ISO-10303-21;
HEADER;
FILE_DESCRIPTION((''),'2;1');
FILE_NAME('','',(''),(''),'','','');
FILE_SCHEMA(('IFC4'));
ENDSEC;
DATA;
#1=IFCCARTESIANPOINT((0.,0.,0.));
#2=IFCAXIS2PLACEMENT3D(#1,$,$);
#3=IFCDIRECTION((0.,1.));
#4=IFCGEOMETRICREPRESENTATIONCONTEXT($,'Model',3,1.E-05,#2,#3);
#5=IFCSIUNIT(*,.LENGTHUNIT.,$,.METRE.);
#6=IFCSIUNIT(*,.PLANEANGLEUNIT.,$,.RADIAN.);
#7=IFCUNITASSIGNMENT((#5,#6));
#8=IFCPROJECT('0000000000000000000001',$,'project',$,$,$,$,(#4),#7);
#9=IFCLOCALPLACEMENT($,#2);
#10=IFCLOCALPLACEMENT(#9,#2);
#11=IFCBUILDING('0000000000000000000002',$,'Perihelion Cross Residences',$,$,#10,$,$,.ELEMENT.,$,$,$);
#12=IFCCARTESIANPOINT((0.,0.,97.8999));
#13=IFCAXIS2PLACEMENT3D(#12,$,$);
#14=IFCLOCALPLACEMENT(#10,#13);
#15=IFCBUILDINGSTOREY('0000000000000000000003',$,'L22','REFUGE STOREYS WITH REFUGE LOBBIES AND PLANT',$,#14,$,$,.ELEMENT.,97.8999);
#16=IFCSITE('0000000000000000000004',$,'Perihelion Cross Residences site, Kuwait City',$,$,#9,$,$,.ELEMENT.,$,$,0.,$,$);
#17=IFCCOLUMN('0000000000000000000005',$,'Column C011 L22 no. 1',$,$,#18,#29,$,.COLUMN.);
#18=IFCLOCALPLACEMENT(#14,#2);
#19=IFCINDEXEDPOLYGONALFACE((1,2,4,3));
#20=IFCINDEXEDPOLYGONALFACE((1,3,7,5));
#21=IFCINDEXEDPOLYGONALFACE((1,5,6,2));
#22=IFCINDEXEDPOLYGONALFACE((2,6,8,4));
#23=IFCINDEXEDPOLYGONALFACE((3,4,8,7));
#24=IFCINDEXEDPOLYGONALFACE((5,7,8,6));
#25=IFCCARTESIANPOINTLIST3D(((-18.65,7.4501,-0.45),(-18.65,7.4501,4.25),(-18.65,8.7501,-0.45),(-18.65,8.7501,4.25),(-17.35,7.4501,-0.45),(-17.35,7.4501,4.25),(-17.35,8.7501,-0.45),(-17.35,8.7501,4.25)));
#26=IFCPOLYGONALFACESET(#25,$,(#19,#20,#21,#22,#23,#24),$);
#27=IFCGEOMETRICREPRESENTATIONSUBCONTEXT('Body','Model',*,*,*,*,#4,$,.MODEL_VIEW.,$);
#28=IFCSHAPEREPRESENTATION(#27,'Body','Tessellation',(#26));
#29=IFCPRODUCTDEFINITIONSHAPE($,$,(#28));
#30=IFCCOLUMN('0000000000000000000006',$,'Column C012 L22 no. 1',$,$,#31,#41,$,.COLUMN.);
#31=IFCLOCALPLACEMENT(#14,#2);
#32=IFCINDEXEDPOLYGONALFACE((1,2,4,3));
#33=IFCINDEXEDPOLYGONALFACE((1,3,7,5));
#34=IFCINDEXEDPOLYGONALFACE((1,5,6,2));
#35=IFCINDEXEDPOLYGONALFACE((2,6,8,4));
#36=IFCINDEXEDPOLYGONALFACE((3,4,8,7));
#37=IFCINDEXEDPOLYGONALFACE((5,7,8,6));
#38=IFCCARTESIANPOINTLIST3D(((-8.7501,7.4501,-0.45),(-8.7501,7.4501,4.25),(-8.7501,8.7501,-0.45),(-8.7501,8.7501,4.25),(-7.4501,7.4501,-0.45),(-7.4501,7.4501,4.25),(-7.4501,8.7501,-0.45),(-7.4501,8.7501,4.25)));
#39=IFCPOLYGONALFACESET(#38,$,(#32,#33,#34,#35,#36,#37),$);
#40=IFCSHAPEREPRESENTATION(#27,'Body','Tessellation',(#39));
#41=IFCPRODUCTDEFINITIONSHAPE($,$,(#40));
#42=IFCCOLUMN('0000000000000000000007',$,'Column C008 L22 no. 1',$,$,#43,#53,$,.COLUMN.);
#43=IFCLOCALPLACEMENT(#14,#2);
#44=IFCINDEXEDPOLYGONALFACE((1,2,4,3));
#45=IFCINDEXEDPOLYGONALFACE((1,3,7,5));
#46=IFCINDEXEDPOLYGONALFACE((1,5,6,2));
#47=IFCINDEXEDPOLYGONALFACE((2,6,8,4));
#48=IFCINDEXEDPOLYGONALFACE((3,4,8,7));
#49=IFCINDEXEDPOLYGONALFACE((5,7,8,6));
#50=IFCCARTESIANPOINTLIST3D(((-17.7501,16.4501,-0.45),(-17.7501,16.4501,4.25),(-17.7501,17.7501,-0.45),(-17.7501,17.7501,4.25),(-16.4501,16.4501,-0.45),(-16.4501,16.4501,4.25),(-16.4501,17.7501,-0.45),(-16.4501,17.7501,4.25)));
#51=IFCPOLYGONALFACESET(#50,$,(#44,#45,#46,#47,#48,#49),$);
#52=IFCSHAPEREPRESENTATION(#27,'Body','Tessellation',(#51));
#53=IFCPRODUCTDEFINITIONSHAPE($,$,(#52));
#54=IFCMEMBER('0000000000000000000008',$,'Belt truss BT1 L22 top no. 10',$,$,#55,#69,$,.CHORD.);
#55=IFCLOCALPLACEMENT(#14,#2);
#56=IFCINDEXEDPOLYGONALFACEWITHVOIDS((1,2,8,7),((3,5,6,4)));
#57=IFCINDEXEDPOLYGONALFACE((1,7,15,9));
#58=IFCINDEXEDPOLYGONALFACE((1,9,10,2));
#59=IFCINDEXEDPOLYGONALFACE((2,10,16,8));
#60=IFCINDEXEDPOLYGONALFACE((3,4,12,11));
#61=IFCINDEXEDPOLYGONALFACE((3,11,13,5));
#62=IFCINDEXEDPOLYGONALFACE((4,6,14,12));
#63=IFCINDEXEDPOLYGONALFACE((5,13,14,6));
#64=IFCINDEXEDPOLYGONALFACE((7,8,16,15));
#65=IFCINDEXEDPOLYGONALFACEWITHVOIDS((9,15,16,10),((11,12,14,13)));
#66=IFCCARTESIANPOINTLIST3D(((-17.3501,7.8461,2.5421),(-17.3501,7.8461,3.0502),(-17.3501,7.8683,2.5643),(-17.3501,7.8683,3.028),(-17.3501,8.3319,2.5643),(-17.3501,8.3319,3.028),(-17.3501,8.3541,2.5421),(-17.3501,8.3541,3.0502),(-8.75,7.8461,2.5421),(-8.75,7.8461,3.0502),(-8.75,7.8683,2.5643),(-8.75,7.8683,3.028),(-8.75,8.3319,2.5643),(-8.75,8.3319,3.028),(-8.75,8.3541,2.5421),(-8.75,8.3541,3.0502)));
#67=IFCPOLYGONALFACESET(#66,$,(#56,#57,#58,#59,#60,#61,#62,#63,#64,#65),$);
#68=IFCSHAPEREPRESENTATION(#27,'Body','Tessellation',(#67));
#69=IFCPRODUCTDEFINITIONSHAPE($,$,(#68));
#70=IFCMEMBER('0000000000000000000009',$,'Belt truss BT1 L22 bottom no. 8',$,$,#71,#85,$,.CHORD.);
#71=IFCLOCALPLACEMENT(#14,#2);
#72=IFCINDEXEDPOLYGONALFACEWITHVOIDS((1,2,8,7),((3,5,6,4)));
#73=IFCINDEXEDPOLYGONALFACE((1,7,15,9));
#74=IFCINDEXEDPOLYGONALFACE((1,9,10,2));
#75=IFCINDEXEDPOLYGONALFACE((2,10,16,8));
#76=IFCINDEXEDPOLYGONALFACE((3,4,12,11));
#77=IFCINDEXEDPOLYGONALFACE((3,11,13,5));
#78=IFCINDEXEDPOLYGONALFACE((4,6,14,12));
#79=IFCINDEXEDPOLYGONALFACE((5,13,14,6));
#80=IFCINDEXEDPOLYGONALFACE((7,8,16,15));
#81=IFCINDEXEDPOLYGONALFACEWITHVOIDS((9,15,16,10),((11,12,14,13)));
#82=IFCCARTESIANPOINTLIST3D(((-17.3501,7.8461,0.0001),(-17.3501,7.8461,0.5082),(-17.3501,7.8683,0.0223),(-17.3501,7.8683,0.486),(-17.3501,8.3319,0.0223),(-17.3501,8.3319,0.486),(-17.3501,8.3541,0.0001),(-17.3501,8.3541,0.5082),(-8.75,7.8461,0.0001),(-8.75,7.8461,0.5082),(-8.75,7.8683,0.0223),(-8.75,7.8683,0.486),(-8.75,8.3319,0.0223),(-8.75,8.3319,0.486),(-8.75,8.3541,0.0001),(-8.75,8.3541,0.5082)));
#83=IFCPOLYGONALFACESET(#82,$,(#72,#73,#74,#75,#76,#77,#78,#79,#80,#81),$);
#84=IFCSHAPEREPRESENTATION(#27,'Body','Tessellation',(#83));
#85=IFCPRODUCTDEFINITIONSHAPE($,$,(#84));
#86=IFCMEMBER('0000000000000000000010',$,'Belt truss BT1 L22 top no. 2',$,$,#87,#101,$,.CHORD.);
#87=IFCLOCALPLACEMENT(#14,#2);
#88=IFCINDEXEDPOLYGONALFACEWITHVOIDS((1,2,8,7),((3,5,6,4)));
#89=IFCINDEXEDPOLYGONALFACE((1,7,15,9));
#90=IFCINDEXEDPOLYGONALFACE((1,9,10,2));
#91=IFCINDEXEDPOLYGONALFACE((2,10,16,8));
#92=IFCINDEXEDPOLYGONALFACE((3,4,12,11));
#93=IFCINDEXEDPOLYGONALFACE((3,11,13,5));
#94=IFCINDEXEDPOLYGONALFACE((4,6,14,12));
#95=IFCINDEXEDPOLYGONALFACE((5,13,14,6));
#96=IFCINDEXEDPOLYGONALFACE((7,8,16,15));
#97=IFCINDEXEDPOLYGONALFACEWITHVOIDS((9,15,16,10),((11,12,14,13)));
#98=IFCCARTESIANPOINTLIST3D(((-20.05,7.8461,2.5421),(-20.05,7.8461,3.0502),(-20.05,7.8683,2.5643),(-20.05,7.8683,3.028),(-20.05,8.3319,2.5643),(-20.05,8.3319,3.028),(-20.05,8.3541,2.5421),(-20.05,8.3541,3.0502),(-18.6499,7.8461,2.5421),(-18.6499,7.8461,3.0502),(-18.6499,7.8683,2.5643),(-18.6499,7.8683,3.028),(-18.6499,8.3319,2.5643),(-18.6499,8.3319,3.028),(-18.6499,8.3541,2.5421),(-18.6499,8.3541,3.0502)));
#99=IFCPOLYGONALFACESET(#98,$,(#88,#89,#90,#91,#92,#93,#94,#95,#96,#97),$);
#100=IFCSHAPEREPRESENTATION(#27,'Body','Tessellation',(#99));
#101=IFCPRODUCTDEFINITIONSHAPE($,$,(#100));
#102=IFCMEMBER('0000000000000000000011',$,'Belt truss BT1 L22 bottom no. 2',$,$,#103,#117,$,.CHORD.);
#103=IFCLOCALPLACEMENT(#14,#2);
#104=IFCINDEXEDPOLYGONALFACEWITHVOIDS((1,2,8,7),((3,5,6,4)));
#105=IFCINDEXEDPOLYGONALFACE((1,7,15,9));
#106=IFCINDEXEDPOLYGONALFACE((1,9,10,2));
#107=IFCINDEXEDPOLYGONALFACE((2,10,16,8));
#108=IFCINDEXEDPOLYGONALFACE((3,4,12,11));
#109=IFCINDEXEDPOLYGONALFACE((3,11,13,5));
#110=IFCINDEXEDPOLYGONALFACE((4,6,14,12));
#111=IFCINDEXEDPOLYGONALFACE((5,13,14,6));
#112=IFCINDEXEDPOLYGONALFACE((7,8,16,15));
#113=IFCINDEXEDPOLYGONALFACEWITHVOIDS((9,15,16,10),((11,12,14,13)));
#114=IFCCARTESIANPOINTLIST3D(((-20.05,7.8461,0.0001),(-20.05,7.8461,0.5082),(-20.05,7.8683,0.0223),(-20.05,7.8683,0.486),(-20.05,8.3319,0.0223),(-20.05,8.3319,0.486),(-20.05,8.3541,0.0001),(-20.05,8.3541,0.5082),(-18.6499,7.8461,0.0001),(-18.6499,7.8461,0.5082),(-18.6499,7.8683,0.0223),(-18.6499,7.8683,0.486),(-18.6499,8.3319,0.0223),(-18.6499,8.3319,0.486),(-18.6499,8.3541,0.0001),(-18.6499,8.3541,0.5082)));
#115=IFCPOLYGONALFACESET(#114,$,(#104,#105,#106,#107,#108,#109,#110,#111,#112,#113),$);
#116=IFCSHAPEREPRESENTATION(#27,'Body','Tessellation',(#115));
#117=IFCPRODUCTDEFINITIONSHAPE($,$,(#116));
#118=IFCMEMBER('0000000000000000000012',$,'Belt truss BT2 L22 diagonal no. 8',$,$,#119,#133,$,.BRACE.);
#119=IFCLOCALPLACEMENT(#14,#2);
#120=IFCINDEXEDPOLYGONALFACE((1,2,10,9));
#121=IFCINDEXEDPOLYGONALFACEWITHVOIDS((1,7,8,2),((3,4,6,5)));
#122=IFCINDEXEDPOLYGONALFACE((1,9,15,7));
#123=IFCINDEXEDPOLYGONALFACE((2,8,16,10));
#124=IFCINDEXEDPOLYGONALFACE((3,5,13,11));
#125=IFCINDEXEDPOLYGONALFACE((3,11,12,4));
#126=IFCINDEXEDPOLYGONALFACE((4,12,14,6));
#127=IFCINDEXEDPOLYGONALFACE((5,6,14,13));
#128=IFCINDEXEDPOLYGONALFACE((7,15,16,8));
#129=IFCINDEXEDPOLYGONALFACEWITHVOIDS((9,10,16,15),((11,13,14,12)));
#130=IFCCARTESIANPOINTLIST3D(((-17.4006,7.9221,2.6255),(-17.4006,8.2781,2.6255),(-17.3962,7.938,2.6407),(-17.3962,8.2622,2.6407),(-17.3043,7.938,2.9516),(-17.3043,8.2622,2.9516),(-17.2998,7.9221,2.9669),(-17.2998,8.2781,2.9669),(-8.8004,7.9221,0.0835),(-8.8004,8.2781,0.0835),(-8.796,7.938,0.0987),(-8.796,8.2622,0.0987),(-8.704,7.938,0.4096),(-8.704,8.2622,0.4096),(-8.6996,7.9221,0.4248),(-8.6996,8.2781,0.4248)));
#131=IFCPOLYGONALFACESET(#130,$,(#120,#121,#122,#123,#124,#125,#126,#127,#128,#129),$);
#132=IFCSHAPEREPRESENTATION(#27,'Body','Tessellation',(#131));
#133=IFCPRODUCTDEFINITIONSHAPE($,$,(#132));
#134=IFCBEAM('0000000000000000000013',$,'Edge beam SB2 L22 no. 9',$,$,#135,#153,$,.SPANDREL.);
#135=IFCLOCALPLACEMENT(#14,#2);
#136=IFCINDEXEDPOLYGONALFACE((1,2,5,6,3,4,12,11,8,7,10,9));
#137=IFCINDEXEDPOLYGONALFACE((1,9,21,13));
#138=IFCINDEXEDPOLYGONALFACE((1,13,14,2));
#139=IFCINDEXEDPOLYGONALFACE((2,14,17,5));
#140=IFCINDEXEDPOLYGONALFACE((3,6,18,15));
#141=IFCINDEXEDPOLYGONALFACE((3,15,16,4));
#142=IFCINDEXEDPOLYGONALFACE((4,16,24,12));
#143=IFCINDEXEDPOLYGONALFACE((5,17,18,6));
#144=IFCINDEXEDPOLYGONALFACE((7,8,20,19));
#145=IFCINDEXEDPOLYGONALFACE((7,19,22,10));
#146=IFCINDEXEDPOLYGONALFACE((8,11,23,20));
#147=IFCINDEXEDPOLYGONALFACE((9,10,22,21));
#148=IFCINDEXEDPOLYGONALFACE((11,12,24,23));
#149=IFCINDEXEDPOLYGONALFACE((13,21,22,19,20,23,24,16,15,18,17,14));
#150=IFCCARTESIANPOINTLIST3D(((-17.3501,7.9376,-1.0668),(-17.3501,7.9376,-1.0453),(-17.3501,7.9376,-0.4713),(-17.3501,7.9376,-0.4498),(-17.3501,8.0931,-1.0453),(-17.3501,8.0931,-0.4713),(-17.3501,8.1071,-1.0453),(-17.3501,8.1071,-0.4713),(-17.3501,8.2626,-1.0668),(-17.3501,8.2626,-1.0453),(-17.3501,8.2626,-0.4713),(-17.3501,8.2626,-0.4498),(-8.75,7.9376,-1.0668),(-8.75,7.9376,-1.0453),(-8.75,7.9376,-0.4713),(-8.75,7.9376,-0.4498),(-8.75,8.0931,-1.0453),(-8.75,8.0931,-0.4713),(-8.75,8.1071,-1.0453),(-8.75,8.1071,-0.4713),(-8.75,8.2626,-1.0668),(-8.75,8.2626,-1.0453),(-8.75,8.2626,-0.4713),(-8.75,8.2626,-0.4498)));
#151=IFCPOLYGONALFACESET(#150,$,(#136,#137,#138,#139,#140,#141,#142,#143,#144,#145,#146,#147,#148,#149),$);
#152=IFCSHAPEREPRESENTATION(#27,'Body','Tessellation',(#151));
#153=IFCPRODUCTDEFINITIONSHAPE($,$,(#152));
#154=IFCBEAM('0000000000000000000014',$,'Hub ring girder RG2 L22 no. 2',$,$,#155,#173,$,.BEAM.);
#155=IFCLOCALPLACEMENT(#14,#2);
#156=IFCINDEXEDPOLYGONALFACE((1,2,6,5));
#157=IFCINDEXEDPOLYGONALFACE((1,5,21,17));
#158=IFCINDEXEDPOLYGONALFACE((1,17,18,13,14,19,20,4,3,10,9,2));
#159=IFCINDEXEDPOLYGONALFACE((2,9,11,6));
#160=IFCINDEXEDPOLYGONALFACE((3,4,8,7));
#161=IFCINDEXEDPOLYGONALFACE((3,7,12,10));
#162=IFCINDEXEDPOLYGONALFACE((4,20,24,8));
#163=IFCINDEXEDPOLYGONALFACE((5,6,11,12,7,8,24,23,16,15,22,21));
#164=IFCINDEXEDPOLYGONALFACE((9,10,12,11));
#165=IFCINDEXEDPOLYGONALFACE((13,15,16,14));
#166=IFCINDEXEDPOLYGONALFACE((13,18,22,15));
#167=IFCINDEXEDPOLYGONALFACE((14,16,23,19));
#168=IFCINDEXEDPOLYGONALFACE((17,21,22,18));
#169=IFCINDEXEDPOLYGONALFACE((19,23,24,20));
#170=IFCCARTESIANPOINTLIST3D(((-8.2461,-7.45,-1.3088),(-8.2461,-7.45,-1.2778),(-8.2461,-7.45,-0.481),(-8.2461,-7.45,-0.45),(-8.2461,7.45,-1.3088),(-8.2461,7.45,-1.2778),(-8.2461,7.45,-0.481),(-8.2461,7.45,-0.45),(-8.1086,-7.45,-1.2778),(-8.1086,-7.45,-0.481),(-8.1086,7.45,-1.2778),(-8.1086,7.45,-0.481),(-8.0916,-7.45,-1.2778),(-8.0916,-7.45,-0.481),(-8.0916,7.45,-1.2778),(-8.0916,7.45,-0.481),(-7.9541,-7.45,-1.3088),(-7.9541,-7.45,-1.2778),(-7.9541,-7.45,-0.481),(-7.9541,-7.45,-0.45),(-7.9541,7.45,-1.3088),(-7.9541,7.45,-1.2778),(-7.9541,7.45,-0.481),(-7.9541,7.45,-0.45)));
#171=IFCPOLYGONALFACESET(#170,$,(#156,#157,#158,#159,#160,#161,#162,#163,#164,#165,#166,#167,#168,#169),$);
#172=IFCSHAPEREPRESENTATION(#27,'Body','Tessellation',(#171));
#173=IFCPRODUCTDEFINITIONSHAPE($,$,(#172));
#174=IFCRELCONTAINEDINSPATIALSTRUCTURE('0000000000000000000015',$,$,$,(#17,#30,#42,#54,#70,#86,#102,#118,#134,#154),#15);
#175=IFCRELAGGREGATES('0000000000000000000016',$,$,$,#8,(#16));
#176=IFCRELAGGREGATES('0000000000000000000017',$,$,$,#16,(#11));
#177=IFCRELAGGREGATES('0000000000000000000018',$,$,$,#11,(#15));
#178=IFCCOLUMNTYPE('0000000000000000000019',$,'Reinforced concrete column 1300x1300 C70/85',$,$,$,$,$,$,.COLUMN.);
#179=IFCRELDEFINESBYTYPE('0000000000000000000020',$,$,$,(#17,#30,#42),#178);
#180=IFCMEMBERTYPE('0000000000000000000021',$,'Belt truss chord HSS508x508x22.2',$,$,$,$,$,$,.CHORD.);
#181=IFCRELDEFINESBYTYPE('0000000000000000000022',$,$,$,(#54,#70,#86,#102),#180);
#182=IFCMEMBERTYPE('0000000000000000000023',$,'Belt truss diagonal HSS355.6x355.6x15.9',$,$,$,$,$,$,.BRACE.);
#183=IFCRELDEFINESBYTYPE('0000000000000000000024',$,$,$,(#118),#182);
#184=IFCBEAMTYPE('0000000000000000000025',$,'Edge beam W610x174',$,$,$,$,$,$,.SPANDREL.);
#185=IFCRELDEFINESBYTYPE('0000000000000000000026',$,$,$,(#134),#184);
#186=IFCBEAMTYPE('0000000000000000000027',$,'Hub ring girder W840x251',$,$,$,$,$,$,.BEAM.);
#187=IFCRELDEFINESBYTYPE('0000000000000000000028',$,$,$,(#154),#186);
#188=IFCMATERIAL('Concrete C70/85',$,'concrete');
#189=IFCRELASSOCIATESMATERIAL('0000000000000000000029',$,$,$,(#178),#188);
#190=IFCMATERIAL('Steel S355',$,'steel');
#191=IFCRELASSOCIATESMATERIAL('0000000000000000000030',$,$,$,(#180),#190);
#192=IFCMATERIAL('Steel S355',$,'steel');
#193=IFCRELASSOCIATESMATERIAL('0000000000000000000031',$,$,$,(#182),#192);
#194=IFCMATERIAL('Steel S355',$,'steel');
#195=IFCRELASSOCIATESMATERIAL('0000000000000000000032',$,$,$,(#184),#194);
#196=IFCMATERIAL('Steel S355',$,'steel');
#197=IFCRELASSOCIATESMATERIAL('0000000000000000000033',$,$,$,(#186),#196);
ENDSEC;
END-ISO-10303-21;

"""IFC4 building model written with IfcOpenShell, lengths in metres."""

from ifc_helpers import new_model, si_unit, direction, frame, origin, origin_2d, place, context, subcontext, project, spatial, rectangle, hollow_rectangle, i_section, extrude, material, material_profile, profile_set, type_object, element, save


model = new_model("IFC4")

# Units and contexts
model_context = context("Model", 3, precision=1e-05, world=origin(), true_north=direction((0.0, 1.0)))
body_context = subcontext(model_context, "Body", "Model", "MODEL_VIEW")
ifc_project = project(units=[si_unit("LENGTHUNIT", "METRE"), si_unit("PLANEANGLEUNIT", "RADIAN")], contexts=[model_context])

# Site, building, storey
site_placement = place(None, origin())
site = spatial("IfcSite", under=ifc_project, at=site_placement, Name="Perihelion Cross Residences site, Kuwait City", CompositionType="ELEMENT", RefElevation=0.0)
building_placement = place(site_placement, origin())
building = spatial("IfcBuilding", under=site, at=building_placement, Name="Perihelion Cross Residences", CompositionType="ELEMENT")
storey_placement = place(building_placement, frame((0.0, 0.0, 97.8999)))
storey = spatial("IfcBuildingStorey", under=building, at=storey_placement, Name="L22", Description="REFUGE STOREYS WITH REFUGE LOBBIES AND PLANT", CompositionType="ELEMENT", Elevation=97.8999)

# Columns
ifc_material_1 = material(Name="Concrete C70/85", Category="concrete")
ifc_material_profile_1 = material_profile(ifc_material_1, rectangle(XDim=1.3, YDim=1.3, at=origin_2d()), Name="RC 1300x1300")
ifc_profile_set_1 = profile_set([ifc_material_profile_1], Name="Concrete C70/85")
column_type = type_object("IfcColumnType", Name="Reinforced concrete column 1300x1300 C70/85", PredefinedType="COLUMN", material=ifc_profile_set_1)
for number, where, z_axis, x_axis, name in (
    (1, (-18.0, 8.1001, -0.45), (0.0, 0.0, 1.0), (1.0, 0.0, 0.0), "Column C011 L22 no. 1"),
    (2, (-8.1001, 8.1001, -0.45), (0.0, 0.0, 1.0), (1.0, 0.0, 0.0), "Column C012 L22 no. 1"),
    (3, (-17.1001, 17.1001, -0.45), (0.0, 0.0, 1.0), (1.0, 0.0, 0.0), "Column C008 L22 no. 1"),
):
    element("IfcColumn", number, at=place(storey_placement, frame(where, z_axis=z_axis, x_axis=x_axis)), inside=storey, type_object=column_type, Name=name, PredefinedType="COLUMN", context=body_context, shape_type="SweptSolid", body=[
        extrude(rectangle(XDim=1.3, YDim=1.3, at=origin_2d()), origin(), (0.0, 0.0, 1.0), 4.7),
    ])

# Members
ifc_material_2 = material(Name="Steel S355", Category="steel")
ifc_material_profile_2 = material_profile(ifc_material_2, hollow_rectangle(XDim=0.5081, YDim=0.5081, WallThickness=0.0222, at=origin_2d()), Name="HSS508x508x22.2")
ifc_profile_set_2 = profile_set([ifc_material_profile_2], Name="Steel S355")
member_type_1 = type_object("IfcMemberType", Name="Belt truss chord HSS508x508x22.2", PredefinedType="CHORD", material=ifc_profile_set_2)
for number, where, z_axis, x_axis, name in (
    (4, (-8.75, 8.1001, 2.7961), (-1.0, 0.0, 0.0), (0.0, -1.0, 0.0), "Belt truss BT1 L22 top no. 10"),
    (5, (-8.75, 8.1001, 0.2542), (-1.0, 0.0, 0.0), (0.0, -1.0, 0.0), "Belt truss BT1 L22 bottom no. 8"),
):
    element("IfcMember", number, at=place(storey_placement, frame(where, z_axis=z_axis, x_axis=x_axis)), inside=storey, type_object=member_type_1, Name=name, PredefinedType="CHORD", context=body_context, shape_type="SweptSolid", body=[
        extrude(hollow_rectangle(XDim=0.5081, YDim=0.5081, WallThickness=0.0222, at=origin_2d()), origin(), (0.0, 0.0, 1.0), 8.6001),
    ])
for number, where, z_axis, x_axis, name in (
    (6, (-18.6499, 8.1001, 2.7961), (-1.0, 0.0, 0.0), (0.0, -1.0, 0.0), "Belt truss BT1 L22 top no. 2"),
    (7, (-18.6499, 8.1001, 0.2542), (-1.0, 0.0, 0.0), (0.0, -1.0, 0.0), "Belt truss BT1 L22 bottom no. 2"),
):
    element("IfcMember", number, at=place(storey_placement, frame(where, z_axis=z_axis, x_axis=x_axis)), inside=storey, type_object=member_type_1, Name=name, PredefinedType="CHORD", context=body_context, shape_type="SweptSolid", body=[
        extrude(hollow_rectangle(XDim=0.5081, YDim=0.5081, WallThickness=0.0222, at=origin_2d()), origin(), (0.0, 0.0, 1.0), 1.4001),
    ])
ifc_material_3 = material(Name="Steel S355", Category="steel")
ifc_material_profile_3 = material_profile(ifc_material_3, hollow_rectangle(XDim=0.356, YDim=0.356, WallThickness=0.0159, at=origin_2d()), Name="HSS355.6x355.6x15.9")
ifc_profile_set_3 = profile_set([ifc_material_profile_3], Name="Steel S355")
member_type_2 = type_object("IfcMemberType", Name="Belt truss diagonal HSS355.6x355.6x15.9", PredefinedType="BRACE", material=ifc_profile_set_3)
member_placement = place(storey_placement, frame((-8.75, 8.1001, 0.2542), z_axis=(-0.958986, 0.0, 0.283454), x_axis=(0.0, -1.0, 0.0)))
element("IfcMember", 8, at=member_placement, inside=storey, type_object=member_type_2, Name="Belt truss BT2 L22 diagonal no. 8", PredefinedType="BRACE", context=body_context, shape_type="SweptSolid", body=[
    extrude(hollow_rectangle(XDim=0.356, YDim=0.356, WallThickness=0.0159, at=origin_2d()), origin(), (0.0, 0.0, 1.0), 8.968),
])

# Beams
ifc_material_4 = material(Name="Steel S355", Category="steel")
ifc_material_profile_4 = material_profile(ifc_material_4, i_section(OverallWidth=0.325, OverallDepth=0.6169, WebThickness=0.0139, FlangeThickness=0.0215, at=origin_2d()), Name="W610x174")
ifc_profile_set_4 = profile_set([ifc_material_profile_4], Name="Steel S355")
beam_type_1 = type_object("IfcBeamType", Name="Edge beam W610x174", PredefinedType="SPANDREL", material=ifc_profile_set_4)
beam_1_placement = place(storey_placement, frame((-8.75, 8.1001, -0.7583), z_axis=(-1.0, 0.0, 0.0), x_axis=(0.0, -1.0, 0.0)))
element("IfcBeam", 9, at=beam_1_placement, inside=storey, type_object=beam_type_1, Name="Edge beam SB2 L22 no. 9", PredefinedType="SPANDREL", context=body_context, shape_type="SweptSolid", body=[
    extrude(i_section(OverallWidth=0.325, OverallDepth=0.6169, WebThickness=0.0139, FlangeThickness=0.0215, at=origin_2d()), origin(), (0.0, 0.0, 1.0), 8.6001),
])
ifc_material_5 = material(Name="Steel S355", Category="steel")
ifc_material_profile_5 = material_profile(ifc_material_5, i_section(OverallWidth=0.292, OverallDepth=0.8589, WebThickness=0.0171, FlangeThickness=0.031, at=origin_2d()), Name="W840x251")
ifc_profile_set_5 = profile_set([ifc_material_profile_5], Name="Steel S355")
beam_type_2 = type_object("IfcBeamType", Name="Hub ring girder W840x251", PredefinedType="BEAM", material=ifc_profile_set_5)
beam_2_placement = place(storey_placement, frame((-8.1001, 7.45, -0.8794), z_axis=(0.0, -1.0, 0.0), x_axis=(1.0, 0.0, 0.0)))
element("IfcBeam", 10, at=beam_2_placement, inside=storey, type_object=beam_type_2, Name="Hub ring girder RG2 L22 no. 2", PredefinedType="BEAM", context=body_context, shape_type="SweptSolid", body=[
    extrude(i_section(OverallWidth=0.292, OverallDepth=0.8589, WebThickness=0.0171, FlangeThickness=0.031, at=origin_2d()), origin(), (0.0, 0.0, 1.0), 14.8999),
])

save(model, "model.ifc")
